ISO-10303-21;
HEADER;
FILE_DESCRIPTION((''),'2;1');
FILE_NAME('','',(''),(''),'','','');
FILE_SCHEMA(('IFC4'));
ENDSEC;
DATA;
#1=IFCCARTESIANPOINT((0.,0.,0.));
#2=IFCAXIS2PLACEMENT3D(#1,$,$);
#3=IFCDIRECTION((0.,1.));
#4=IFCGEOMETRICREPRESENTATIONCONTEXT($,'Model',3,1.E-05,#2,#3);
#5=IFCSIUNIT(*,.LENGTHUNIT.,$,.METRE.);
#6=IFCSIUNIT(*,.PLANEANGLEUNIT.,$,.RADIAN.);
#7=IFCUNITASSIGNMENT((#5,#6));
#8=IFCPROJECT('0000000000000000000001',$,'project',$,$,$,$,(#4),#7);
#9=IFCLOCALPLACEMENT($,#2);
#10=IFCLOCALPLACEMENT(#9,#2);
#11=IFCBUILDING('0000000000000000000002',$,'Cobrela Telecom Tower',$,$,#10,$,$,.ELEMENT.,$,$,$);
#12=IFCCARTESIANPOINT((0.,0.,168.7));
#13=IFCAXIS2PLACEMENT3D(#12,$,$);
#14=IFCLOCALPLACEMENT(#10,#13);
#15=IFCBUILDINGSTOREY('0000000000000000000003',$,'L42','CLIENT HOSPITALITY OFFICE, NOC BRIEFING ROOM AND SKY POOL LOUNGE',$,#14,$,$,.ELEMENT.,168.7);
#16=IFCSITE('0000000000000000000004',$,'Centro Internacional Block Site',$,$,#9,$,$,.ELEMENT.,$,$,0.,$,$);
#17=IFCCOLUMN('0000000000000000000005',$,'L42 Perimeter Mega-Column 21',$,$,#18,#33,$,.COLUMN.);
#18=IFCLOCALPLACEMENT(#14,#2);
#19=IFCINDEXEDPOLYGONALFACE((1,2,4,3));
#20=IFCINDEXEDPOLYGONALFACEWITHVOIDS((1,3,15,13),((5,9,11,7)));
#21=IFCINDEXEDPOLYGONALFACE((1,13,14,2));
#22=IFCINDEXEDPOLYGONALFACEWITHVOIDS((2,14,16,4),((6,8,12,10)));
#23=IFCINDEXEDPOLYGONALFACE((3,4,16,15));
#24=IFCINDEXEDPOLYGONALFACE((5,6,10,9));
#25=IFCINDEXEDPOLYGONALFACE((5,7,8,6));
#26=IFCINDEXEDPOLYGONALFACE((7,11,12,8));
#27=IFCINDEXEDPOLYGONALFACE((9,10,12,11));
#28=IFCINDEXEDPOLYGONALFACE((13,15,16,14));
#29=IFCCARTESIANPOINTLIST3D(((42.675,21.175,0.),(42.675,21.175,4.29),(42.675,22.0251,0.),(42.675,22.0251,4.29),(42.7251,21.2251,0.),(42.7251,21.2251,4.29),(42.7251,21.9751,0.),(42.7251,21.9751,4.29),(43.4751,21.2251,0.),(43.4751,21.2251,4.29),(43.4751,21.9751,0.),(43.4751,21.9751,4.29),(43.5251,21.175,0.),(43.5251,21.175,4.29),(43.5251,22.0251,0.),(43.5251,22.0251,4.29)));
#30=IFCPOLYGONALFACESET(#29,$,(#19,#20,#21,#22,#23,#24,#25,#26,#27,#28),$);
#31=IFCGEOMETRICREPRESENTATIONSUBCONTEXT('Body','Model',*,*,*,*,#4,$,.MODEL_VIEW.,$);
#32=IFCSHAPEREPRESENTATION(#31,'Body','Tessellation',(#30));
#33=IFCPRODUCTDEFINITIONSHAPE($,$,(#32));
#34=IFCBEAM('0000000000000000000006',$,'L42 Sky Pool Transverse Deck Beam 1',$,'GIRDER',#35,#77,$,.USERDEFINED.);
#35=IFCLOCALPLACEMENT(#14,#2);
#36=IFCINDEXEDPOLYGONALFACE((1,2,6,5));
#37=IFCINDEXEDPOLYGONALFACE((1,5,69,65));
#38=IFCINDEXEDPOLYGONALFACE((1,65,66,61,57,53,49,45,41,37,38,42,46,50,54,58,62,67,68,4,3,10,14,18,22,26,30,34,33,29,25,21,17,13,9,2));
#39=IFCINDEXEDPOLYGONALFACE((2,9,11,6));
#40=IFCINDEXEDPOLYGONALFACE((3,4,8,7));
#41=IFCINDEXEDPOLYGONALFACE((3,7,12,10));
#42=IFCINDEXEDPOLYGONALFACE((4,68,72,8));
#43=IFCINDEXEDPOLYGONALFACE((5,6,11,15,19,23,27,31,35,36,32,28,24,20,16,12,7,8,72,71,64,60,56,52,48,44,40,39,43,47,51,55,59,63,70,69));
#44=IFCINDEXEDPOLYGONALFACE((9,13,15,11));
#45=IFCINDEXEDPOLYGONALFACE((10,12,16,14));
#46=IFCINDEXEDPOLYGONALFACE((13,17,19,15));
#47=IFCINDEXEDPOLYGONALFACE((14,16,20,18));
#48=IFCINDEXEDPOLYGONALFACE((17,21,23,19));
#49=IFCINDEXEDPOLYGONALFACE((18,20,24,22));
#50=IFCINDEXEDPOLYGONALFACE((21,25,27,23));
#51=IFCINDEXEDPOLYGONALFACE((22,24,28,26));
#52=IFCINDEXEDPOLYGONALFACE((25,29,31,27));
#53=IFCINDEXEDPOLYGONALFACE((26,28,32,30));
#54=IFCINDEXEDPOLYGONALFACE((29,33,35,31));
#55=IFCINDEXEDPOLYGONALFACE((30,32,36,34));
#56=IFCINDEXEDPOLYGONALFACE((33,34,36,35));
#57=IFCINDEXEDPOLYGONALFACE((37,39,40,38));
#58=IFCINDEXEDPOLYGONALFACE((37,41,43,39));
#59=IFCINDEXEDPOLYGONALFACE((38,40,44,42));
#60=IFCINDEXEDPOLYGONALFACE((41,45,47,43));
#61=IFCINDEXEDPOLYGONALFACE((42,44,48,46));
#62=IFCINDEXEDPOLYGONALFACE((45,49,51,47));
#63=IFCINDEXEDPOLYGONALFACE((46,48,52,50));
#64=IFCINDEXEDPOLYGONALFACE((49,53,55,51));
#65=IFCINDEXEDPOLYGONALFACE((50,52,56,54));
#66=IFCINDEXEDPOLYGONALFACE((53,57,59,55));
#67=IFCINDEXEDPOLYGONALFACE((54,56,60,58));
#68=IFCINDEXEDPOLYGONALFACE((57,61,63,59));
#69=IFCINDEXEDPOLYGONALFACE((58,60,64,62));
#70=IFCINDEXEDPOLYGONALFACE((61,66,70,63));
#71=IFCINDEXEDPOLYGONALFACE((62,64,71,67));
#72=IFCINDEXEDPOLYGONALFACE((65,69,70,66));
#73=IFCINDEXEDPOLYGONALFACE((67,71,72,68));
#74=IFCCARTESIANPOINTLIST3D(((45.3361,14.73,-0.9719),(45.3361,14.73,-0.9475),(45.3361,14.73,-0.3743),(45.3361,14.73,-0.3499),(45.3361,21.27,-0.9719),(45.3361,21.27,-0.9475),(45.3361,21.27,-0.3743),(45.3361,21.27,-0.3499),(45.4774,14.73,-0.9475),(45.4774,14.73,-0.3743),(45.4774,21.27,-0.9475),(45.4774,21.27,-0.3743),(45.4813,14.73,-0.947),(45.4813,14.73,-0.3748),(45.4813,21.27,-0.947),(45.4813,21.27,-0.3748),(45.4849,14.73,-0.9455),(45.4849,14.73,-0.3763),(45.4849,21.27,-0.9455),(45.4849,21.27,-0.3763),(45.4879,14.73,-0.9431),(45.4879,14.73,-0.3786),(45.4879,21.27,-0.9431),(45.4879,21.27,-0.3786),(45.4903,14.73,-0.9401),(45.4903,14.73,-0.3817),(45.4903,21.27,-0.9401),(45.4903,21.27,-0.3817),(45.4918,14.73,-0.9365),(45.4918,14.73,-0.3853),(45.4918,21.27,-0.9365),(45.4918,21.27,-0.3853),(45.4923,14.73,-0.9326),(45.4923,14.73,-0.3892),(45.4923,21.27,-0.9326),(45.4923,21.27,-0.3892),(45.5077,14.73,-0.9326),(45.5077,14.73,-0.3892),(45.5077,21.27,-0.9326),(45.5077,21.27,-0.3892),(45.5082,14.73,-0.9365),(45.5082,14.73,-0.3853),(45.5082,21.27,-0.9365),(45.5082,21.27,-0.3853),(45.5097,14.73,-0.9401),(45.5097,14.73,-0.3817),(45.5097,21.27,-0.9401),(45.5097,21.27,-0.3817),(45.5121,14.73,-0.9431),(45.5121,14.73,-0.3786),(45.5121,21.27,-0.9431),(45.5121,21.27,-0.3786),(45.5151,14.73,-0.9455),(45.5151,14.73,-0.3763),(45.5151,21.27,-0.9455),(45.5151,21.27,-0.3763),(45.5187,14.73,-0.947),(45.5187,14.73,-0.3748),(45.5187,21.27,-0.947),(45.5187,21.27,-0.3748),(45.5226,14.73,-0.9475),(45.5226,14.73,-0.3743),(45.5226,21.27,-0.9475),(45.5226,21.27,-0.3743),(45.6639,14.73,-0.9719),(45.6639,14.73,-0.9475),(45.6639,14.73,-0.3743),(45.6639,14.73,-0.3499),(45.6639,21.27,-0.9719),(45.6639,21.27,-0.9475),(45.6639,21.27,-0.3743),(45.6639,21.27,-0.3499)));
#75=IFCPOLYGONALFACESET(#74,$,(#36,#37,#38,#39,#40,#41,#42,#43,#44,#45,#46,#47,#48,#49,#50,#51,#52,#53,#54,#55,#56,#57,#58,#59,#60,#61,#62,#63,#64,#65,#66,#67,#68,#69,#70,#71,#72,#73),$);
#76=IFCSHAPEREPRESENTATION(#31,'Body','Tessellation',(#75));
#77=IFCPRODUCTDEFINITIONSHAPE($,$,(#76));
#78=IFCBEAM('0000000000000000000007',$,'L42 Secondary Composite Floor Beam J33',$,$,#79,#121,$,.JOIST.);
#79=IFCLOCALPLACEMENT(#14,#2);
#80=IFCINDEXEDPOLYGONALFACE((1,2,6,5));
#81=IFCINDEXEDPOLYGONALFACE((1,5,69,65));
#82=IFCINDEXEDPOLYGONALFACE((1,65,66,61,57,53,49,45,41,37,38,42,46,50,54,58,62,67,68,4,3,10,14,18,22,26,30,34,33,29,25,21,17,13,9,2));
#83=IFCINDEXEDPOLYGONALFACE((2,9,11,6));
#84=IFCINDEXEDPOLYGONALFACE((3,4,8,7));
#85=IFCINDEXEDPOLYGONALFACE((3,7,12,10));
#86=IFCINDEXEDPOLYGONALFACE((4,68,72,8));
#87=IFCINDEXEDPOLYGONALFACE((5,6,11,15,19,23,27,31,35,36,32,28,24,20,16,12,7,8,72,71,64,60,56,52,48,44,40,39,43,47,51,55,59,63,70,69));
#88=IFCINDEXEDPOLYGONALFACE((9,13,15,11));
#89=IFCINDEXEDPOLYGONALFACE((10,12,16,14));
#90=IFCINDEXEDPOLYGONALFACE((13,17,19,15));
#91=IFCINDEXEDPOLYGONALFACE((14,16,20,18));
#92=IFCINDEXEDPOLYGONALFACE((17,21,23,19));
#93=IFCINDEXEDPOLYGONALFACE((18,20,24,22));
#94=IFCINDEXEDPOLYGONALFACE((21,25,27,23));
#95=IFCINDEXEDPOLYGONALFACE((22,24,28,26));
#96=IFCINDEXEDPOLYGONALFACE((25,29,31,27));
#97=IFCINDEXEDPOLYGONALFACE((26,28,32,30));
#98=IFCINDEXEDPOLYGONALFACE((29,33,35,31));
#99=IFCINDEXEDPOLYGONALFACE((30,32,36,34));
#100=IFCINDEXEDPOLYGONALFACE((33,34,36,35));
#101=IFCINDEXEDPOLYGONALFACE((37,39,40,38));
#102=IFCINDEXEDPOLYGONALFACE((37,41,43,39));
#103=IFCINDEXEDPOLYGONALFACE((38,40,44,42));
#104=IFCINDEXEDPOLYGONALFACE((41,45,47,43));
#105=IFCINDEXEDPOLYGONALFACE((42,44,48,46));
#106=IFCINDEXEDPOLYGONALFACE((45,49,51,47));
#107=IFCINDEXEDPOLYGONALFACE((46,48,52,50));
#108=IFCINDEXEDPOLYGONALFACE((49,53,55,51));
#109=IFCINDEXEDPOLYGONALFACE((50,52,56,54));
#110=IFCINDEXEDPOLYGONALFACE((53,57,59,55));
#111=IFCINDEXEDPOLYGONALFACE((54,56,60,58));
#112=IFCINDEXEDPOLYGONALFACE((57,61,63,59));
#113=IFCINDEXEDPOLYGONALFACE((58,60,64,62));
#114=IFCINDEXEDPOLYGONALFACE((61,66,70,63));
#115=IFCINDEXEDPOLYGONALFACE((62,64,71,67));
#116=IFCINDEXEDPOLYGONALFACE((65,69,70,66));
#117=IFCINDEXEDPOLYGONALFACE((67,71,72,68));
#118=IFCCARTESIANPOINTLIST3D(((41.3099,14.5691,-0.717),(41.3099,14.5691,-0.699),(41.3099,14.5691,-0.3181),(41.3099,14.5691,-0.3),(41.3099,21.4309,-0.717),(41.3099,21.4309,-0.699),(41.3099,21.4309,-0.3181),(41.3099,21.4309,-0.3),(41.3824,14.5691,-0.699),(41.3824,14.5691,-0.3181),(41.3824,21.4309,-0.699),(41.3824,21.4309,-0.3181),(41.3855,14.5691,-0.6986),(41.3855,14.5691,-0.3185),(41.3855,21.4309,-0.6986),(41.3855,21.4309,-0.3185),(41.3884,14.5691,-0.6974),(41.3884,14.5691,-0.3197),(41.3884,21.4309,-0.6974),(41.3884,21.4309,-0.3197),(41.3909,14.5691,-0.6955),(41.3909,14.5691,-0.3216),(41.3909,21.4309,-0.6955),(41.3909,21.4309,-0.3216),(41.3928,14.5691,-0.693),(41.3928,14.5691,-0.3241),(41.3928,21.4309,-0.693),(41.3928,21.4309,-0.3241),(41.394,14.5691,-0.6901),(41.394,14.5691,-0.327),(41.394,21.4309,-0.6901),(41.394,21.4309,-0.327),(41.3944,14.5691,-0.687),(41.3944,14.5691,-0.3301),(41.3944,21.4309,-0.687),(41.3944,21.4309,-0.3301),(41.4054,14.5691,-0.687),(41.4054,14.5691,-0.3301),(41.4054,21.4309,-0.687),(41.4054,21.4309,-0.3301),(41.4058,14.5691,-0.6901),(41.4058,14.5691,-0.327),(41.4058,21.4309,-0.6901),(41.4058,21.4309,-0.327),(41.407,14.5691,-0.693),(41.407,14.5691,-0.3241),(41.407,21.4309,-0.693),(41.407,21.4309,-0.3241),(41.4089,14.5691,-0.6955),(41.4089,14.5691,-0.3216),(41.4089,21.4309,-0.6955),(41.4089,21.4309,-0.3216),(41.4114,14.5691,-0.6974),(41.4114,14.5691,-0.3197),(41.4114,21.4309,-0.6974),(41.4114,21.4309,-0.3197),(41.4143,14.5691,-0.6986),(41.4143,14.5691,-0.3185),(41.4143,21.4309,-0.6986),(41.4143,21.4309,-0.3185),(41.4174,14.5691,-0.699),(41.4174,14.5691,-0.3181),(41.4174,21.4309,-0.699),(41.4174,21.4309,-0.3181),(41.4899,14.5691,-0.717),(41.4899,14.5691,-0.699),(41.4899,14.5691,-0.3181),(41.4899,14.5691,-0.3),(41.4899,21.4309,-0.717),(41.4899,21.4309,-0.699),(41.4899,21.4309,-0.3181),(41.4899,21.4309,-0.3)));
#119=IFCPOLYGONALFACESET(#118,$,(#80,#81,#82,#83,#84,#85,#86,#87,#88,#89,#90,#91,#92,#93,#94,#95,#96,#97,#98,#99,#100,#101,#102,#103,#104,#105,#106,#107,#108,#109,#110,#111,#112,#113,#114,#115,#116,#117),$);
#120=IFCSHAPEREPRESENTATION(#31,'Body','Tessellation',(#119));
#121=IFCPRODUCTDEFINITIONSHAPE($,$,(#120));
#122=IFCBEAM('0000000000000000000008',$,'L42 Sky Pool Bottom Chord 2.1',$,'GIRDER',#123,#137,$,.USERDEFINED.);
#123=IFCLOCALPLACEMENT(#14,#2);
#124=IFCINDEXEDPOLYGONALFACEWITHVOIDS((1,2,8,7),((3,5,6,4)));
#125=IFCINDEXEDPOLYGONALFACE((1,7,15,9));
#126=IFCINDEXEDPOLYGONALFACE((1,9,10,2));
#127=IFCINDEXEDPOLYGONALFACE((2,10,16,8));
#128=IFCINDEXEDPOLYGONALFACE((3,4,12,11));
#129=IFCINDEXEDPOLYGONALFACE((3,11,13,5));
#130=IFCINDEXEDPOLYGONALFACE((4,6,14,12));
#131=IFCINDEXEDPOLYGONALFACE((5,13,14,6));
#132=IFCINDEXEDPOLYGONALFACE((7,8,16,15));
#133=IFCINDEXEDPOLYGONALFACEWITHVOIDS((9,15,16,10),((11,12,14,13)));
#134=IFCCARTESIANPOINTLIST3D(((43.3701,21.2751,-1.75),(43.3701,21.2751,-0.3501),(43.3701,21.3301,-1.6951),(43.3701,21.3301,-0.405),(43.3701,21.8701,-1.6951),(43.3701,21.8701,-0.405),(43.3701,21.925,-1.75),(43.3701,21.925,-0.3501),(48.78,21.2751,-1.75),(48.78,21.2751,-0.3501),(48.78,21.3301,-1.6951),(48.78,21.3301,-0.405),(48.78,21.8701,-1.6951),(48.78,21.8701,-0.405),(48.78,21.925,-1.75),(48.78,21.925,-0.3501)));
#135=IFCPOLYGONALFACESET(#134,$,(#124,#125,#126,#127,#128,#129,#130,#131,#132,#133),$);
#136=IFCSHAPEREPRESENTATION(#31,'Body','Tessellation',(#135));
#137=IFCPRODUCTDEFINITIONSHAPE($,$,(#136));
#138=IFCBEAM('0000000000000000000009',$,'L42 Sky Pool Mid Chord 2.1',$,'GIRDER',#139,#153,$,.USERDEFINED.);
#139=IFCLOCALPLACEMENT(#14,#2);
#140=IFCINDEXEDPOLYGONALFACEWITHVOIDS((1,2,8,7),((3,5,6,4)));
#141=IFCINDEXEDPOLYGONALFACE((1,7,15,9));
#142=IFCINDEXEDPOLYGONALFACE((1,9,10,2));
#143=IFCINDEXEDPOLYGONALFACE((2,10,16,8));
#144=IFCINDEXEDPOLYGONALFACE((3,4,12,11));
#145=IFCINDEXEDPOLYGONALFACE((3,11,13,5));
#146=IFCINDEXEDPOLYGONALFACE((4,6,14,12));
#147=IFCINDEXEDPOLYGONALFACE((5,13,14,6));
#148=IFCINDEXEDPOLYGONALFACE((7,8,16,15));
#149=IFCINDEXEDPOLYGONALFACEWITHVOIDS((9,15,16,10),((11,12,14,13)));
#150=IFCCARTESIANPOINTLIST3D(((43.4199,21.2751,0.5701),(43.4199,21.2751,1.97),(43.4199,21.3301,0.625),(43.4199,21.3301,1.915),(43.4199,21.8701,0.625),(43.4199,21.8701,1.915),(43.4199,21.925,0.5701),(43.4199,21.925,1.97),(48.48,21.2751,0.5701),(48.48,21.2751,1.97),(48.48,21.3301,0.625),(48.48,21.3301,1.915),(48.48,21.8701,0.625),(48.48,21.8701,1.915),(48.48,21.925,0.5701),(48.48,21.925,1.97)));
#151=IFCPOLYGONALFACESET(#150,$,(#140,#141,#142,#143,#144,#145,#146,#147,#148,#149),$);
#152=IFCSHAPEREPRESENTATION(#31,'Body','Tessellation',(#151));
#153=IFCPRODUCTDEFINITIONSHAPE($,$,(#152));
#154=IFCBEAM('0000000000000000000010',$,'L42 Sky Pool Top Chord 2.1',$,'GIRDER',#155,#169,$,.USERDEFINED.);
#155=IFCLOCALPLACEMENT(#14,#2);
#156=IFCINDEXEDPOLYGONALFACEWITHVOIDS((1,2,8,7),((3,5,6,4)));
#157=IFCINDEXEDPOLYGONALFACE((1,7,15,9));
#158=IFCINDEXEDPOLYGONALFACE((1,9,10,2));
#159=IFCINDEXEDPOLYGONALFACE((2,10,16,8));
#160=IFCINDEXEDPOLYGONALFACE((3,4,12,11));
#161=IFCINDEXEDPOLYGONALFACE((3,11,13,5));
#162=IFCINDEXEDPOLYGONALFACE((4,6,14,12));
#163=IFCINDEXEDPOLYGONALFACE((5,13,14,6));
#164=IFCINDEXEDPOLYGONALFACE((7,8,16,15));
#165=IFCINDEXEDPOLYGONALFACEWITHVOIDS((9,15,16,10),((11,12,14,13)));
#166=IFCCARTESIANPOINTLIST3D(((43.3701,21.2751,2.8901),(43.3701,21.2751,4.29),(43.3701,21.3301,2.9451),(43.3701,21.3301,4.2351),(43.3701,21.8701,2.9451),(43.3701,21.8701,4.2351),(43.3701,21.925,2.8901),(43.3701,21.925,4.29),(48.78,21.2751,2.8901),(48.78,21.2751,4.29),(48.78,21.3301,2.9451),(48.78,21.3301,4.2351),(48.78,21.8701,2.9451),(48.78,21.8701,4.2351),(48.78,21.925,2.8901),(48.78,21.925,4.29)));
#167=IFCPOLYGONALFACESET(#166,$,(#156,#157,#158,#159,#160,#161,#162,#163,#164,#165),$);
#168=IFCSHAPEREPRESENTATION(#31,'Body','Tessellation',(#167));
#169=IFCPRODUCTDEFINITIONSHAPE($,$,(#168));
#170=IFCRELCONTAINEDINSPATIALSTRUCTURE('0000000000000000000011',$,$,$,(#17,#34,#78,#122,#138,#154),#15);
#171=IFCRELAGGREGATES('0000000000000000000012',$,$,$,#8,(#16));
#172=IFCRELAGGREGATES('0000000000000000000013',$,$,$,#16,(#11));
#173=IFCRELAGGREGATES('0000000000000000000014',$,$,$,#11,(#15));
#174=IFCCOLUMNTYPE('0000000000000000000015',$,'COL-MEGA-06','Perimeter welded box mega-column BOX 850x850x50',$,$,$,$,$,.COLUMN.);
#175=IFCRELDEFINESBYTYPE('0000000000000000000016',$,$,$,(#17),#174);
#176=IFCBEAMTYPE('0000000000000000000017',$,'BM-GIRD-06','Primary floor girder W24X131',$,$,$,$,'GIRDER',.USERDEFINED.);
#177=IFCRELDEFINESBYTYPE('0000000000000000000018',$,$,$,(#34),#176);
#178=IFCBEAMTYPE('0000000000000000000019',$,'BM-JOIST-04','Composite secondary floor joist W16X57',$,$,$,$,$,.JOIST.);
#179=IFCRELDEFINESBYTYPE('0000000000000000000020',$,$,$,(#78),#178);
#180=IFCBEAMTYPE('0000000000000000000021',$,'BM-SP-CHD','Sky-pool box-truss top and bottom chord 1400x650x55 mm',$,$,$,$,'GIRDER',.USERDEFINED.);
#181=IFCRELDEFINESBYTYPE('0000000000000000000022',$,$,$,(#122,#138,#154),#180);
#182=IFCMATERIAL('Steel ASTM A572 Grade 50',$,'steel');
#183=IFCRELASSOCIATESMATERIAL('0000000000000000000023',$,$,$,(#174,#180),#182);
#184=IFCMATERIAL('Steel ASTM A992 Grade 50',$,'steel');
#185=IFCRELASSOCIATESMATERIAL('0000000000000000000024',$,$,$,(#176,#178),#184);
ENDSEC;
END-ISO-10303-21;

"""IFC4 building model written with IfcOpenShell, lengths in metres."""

from ifc_helpers import new_model, si_unit, direction, frame, origin, origin_2d, place, context, subcontext, project, spatial, hollow_rectangle, i_section, extrude, material, material_profile, profile_set, type_object, element, save


model = new_model("IFC4")

# Units and contexts
model_context = context("Model", 3, precision=1e-05, world=origin(), true_north=direction((0.0, 1.0)))
body_context = subcontext(model_context, "Body", "Model", "MODEL_VIEW")
ifc_project = project(units=[si_unit("LENGTHUNIT", "METRE"), si_unit("PLANEANGLEUNIT", "RADIAN")], contexts=[model_context])

# Site, building, storey
site_placement = place(None, origin())
site = spatial("IfcSite", under=ifc_project, at=site_placement, Name="Centro Internacional Block Site", CompositionType="ELEMENT", RefElevation=0.0)
building_placement = place(site_placement, origin())
building = spatial("IfcBuilding", under=site, at=building_placement, Name="Cobrela Telecom Tower", CompositionType="ELEMENT")
storey_placement = place(building_placement, frame((0.0, 0.0, 168.7)))
storey = spatial("IfcBuildingStorey", under=building, at=storey_placement, Name="L42", Description="CLIENT HOSPITALITY OFFICE, NOC BRIEFING ROOM AND SKY POOL LOUNGE", CompositionType="ELEMENT", Elevation=168.7)

# Column
ifc_material_1 = material(Name="Steel ASTM A572 Grade 50", Category="steel")
ifc_material_profile_1 = material_profile(ifc_material_1, hollow_rectangle(XDim=0.8501, YDim=0.8501, WallThickness=0.05, at=origin_2d()), Name="BOX 850x850x50")
ifc_profile_set_1 = profile_set([ifc_material_profile_1], Name="Steel ASTM A572 Grade 50")
column_type = type_object("IfcColumnType", Name="COL-MEGA-06", Description="Perimeter welded box mega-column BOX 850x850x50", PredefinedType="COLUMN", material=ifc_profile_set_1)
column_placement = place(storey_placement, frame((43.1001, 21.6001, 0.0), z_axis=(0.0, 0.0, 1.0), x_axis=(1.0, 0.0, 0.0)))
element("IfcColumn", 1, at=column_placement, inside=storey, type_object=column_type, Name="L42 Perimeter Mega-Column 21", PredefinedType="COLUMN", context=body_context, shape_type="SweptSolid", body=[
    extrude(hollow_rectangle(XDim=0.8501, YDim=0.8501, WallThickness=0.05, at=origin_2d()), origin(), (0.0, 0.0, 1.0), 4.29),
])

# Beams
ifc_material_2 = material(Name="Steel ASTM A992 Grade 50", Category="steel")
ifc_material_profile_2 = material_profile(ifc_material_2, i_section(OverallWidth=0.3279, OverallDepth=0.6221, WebThickness=0.0154, FlangeThickness=0.0244, FilletRadius=0.0149, at=origin_2d()), Name="W24X131")
ifc_profile_set_2 = profile_set([ifc_material_profile_2], Name="Steel ASTM A992 Grade 50")
beam_type_1 = type_object("IfcBeamType", Name="BM-GIRD-06", Description="Primary floor girder W24X131", ElementType="GIRDER", PredefinedType="USERDEFINED", material=ifc_profile_set_2)
beam_1_placement = place(storey_placement, frame((45.5, 14.73, -0.6609), z_axis=(0.0, 1.0, 0.0), x_axis=(-1.0, 0.0, 0.0)))
element("IfcBeam", 2, at=beam_1_placement, inside=storey, type_object=beam_type_1, Name="L42 Sky Pool Transverse Deck Beam 1", ObjectType="GIRDER", PredefinedType="USERDEFINED", context=body_context, shape_type="SweptSolid", body=[
    extrude(i_section(OverallWidth=0.3279, OverallDepth=0.6221, WebThickness=0.0154, FlangeThickness=0.0244, FilletRadius=0.0149, at=origin_2d()), origin(), (0.0, 0.0, 1.0), 6.54),
])
ifc_material_profile_3 = material_profile(ifc_material_2, i_section(OverallWidth=0.1799, OverallDepth=0.417, WebThickness=0.011, FlangeThickness=0.0181, FilletRadius=0.012, at=origin_2d()), Name="W16X57")
ifc_profile_set_3 = profile_set([ifc_material_profile_3], Name="Steel ASTM A992 Grade 50")
beam_type_2 = type_object("IfcBeamType", Name="BM-JOIST-04", Description="Composite secondary floor joist W16X57", PredefinedType="JOIST", material=ifc_profile_set_3)
beam_2_placement = place(storey_placement, frame((41.3999, 14.5691, -0.5085), z_axis=(0.0, 1.0, 0.0), x_axis=(-1.0, 0.0, 0.0)))
element("IfcBeam", 3, at=beam_2_placement, inside=storey, type_object=beam_type_2, Name="L42 Secondary Composite Floor Beam J33", PredefinedType="JOIST", context=body_context, shape_type="SweptSolid", body=[
    extrude(i_section(OverallWidth=0.1799, OverallDepth=0.417, WebThickness=0.011, FlangeThickness=0.0181, FilletRadius=0.012, at=origin_2d()), origin(), (0.0, 0.0, 1.0), 6.8618),
])
ifc_material_profile_4 = material_profile(ifc_material_1, hollow_rectangle(XDim=0.6499, YDim=1.3999, WallThickness=0.0549, at=origin_2d()), Name="BOX 1400x650x55")
ifc_profile_set_4 = profile_set([ifc_material_profile_4], Name="Steel ASTM A572 Grade 50")
beam_type_3 = type_object("IfcBeamType", Name="BM-SP-CHD", Description="Sky-pool box-truss top and bottom chord 1400x650x55 mm", ElementType="GIRDER", PredefinedType="USERDEFINED", material=ifc_profile_set_4)
beam_3_placement = place(storey_placement, frame((43.3701, 21.6001, -1.05), z_axis=(1.0, 0.0, 0.0), x_axis=(0.0, 1.0, 0.0)))
element("IfcBeam", 4, at=beam_3_placement, inside=storey, type_object=beam_type_3, Name="L42 Sky Pool Bottom Chord 2.1", ObjectType="GIRDER", PredefinedType="USERDEFINED", context=body_context, shape_type="SweptSolid", body=[
    extrude(hollow_rectangle(XDim=0.6499, YDim=1.3999, WallThickness=0.0549, at=origin_2d()), origin(), (0.0, 0.0, 1.0), 5.4099),
])
beam_4_placement = place(storey_placement, frame((43.4199, 21.6001, 1.27), z_axis=(1.0, 0.0, 0.0), x_axis=(0.0, 1.0, 0.0)))
element("IfcBeam", 5, at=beam_4_placement, inside=storey, type_object=beam_type_3, Name="L42 Sky Pool Mid Chord 2.1", ObjectType="GIRDER", PredefinedType="USERDEFINED", context=body_context, shape_type="SweptSolid", body=[
    extrude(hollow_rectangle(XDim=0.6499, YDim=1.3999, WallThickness=0.0549, at=origin_2d()), origin(), (0.0, 0.0, 1.0), 5.0601),
])
beam_5_placement = place(storey_placement, frame((43.3701, 21.6001, 3.5901), z_axis=(1.0, 0.0, 0.0), x_axis=(0.0, 1.0, 0.0)))
element("IfcBeam", 6, at=beam_5_placement, inside=storey, type_object=beam_type_3, Name="L42 Sky Pool Top Chord 2.1", ObjectType="GIRDER", PredefinedType="USERDEFINED", context=body_context, shape_type="SweptSolid", body=[
    extrude(hollow_rectangle(XDim=0.6499, YDim=1.3999, WallThickness=0.0549, at=origin_2d()), origin(), (0.0, 0.0, 1.0), 5.4099),
])

save(model, "model.ifc")
